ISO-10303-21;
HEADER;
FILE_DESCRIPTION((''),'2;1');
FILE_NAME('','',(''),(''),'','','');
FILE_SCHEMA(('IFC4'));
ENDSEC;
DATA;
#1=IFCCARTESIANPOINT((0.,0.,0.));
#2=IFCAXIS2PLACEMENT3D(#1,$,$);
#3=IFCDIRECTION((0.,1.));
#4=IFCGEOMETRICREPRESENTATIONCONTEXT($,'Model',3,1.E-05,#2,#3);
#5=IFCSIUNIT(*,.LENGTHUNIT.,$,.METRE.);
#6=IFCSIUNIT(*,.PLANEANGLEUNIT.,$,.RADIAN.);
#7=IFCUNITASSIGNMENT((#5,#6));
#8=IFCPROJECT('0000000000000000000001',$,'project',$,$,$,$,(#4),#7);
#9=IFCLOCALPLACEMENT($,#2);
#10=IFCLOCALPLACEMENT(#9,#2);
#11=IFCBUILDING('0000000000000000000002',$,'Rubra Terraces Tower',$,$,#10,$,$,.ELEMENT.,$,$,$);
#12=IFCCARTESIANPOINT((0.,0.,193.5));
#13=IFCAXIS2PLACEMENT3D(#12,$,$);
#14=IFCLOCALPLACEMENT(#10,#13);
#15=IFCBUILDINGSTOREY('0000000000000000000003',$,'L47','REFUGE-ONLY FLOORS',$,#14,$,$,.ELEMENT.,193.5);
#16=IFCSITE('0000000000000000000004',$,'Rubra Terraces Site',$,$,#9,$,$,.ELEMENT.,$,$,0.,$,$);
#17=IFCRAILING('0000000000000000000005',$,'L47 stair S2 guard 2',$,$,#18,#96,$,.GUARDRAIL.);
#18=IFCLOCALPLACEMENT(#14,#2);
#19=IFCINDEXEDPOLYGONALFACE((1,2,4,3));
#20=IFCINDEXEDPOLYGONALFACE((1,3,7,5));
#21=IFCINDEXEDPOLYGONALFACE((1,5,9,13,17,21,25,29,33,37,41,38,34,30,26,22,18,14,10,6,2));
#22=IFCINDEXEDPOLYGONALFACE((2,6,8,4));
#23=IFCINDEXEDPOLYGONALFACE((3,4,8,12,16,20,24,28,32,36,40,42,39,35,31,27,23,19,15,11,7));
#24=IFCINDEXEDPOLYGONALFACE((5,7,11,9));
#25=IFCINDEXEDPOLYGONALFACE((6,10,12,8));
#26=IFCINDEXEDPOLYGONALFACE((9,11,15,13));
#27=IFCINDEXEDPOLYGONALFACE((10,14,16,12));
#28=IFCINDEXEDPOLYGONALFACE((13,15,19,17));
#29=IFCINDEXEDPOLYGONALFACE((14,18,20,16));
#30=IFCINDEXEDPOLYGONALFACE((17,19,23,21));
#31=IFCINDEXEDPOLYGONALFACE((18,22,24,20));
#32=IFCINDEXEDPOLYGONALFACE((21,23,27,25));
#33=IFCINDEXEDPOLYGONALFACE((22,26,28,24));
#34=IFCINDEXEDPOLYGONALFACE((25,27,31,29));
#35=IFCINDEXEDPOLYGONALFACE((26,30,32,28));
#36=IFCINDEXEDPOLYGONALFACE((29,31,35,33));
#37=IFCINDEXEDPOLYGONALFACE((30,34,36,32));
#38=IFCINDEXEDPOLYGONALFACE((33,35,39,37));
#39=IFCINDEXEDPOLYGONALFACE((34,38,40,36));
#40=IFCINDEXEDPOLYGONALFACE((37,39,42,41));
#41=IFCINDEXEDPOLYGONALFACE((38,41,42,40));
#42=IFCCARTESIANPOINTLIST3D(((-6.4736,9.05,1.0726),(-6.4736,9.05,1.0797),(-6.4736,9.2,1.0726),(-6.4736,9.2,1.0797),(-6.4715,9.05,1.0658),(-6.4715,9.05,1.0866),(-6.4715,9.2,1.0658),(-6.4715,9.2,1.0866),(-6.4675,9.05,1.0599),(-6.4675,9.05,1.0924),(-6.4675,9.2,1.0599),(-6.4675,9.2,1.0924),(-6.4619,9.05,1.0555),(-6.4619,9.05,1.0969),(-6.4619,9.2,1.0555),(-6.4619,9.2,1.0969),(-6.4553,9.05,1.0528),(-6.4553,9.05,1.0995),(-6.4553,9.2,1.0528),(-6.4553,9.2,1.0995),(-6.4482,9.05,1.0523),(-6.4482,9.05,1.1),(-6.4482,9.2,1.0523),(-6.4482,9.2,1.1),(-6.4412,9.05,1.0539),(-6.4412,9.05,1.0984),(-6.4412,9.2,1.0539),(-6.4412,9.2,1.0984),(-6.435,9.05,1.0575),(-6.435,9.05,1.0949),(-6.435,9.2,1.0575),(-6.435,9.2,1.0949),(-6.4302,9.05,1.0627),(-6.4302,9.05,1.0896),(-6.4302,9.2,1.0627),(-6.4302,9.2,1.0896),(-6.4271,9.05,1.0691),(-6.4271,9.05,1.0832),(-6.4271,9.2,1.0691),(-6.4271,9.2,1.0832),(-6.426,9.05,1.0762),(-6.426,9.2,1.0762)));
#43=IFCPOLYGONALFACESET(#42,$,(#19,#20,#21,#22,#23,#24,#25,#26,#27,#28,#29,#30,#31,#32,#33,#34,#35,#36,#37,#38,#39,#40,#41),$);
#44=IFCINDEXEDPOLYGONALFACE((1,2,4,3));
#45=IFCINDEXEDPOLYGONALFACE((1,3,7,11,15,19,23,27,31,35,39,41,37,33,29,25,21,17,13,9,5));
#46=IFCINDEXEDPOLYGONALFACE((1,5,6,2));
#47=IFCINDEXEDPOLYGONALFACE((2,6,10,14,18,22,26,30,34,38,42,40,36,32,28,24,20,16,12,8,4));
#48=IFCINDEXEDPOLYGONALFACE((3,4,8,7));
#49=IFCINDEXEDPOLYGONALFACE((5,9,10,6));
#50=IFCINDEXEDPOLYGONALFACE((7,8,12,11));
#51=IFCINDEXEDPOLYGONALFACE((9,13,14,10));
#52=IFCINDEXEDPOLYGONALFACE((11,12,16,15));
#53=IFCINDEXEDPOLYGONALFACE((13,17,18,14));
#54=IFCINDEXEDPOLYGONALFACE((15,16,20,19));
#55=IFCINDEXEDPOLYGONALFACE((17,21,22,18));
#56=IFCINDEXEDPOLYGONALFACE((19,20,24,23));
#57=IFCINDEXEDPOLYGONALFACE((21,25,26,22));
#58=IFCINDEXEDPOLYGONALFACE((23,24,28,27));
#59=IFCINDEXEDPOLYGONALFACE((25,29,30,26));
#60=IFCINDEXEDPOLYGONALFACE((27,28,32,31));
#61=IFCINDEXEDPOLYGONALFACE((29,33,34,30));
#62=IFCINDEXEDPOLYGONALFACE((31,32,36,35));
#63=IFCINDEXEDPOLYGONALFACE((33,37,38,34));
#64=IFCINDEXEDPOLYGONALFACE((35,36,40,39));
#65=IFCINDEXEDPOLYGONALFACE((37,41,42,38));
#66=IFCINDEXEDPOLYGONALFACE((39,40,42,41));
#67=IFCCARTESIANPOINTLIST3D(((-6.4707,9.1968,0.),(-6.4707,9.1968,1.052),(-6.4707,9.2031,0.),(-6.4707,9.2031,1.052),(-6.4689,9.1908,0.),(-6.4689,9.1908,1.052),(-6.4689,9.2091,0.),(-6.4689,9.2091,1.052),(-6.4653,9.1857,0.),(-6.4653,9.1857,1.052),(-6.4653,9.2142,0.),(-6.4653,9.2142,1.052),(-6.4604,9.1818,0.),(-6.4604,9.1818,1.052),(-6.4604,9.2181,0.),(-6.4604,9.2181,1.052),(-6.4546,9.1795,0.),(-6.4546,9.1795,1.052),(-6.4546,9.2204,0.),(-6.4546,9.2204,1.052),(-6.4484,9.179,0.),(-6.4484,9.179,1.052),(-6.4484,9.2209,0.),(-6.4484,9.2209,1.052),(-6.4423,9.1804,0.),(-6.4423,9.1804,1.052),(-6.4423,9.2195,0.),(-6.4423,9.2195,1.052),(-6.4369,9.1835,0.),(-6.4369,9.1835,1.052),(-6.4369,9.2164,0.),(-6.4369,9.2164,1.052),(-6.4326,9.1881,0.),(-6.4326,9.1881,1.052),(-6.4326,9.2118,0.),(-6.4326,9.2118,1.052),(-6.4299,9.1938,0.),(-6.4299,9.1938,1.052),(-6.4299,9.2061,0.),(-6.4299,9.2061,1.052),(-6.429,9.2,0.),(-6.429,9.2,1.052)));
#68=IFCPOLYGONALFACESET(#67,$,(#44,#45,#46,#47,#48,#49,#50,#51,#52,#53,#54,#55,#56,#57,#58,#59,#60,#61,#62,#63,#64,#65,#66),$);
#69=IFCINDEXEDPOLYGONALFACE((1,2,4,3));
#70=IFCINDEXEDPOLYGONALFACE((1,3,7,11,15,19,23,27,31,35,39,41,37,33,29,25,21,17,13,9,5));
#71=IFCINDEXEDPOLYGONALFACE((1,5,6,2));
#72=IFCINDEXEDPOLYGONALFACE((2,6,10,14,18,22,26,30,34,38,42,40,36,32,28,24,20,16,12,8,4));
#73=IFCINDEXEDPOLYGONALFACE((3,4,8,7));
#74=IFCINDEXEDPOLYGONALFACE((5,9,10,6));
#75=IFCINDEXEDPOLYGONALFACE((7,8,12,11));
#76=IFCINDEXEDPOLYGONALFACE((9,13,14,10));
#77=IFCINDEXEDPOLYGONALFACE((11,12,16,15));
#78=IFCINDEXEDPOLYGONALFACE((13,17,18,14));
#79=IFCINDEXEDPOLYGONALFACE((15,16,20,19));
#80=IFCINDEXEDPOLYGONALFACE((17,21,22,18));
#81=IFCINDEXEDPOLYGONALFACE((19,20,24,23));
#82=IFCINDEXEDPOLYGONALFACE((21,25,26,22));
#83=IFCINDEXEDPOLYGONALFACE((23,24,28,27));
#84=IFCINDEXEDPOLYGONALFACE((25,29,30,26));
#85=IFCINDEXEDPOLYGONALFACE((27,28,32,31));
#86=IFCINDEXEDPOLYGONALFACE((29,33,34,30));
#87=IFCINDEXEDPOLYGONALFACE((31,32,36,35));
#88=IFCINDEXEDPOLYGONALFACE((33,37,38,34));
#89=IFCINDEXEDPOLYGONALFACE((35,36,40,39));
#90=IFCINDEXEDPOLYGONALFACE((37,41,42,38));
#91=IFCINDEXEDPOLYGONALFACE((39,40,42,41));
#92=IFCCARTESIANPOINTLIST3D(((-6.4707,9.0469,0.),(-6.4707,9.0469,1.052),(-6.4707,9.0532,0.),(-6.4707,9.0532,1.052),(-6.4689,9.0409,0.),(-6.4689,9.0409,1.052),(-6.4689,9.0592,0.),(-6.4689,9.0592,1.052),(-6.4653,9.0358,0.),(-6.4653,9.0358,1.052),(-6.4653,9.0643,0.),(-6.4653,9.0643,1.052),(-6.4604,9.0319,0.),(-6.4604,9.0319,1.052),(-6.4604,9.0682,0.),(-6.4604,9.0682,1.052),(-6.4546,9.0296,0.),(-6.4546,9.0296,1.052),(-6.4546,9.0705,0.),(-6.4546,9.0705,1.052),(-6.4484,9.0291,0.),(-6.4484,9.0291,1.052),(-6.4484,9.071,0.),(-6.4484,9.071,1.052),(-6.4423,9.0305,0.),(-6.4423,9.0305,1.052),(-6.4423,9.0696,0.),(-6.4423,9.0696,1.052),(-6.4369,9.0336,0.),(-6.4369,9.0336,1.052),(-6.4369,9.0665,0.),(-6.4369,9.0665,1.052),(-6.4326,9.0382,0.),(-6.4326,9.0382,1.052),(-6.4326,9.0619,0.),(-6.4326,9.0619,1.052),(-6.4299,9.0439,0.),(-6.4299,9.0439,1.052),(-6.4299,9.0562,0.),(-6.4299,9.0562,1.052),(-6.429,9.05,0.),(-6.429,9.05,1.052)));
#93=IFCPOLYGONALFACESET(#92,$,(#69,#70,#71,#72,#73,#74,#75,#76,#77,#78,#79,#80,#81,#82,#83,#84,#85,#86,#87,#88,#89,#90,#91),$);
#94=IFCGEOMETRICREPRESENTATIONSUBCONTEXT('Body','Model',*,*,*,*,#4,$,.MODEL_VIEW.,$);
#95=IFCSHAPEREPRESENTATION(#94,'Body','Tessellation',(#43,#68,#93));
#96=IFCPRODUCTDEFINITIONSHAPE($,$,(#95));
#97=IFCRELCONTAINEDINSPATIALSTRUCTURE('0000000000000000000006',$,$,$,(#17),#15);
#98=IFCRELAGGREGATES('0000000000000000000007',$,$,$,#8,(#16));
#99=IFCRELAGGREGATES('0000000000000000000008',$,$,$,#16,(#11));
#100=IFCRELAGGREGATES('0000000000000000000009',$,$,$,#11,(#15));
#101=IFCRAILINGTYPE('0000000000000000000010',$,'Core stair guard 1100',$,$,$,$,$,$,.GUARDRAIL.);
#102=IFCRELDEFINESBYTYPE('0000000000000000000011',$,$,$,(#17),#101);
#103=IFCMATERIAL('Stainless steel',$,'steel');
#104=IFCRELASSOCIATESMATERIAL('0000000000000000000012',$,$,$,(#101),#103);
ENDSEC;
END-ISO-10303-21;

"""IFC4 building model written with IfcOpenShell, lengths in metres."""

from ifc_helpers import new_model, si_unit, direction, frame, origin, origin_2d, place, context, subcontext, project, spatial, circle, extrude, material, type_object, element, save


model = new_model("IFC4")

# Units and contexts
model_context = context("Model", 3, precision=1e-05, world=origin(), true_north=direction((0.0, 1.0)))
body_context = subcontext(model_context, "Body", "Model", "MODEL_VIEW")
ifc_project = project(units=[si_unit("LENGTHUNIT", "METRE"), si_unit("PLANEANGLEUNIT", "RADIAN")], contexts=[model_context])

# Site, building, storey
site_placement = place(None, origin())
site = spatial("IfcSite", under=ifc_project, at=site_placement, Name="Rubra Terraces Site", CompositionType="ELEMENT", RefElevation=0.0)
building_placement = place(site_placement, origin())
building = spatial("IfcBuilding", under=site, at=building_placement, Name="Rubra Terraces Tower", CompositionType="ELEMENT")
storey_placement = place(building_placement, frame((0.0, 0.0, 193.5)))
storey = spatial("IfcBuildingStorey", under=building, at=storey_placement, Name="L47", Description="REFUGE-ONLY FLOORS", CompositionType="ELEMENT", Elevation=193.5)

# Shared definitions
ifc_material_1 = material(Name="Stainless steel", Category="steel")

# Railing
railing_type_1 = type_object("IfcRailingType", Name="Core stair guard 1100", PredefinedType="GUARDRAIL", material=ifc_material_1)
railing_1_placement = place(storey_placement, frame((-6.45, 9.2, 0.0)))
element("IfcRailing", 1, at=railing_1_placement, inside=storey, type_object=railing_type_1, Name="L47 stair S2 guard 2", PredefinedType="GUARDRAIL", context=body_context, shape_type="SweptSolid", body=[
    extrude(circle(Radius=0.0239, at=origin_2d()), frame((0.0, 0.0, 1.0762), z_axis=(0.0, -1.0, 0.0), x_axis=(1.0, 0.0, 0.0)), (0.0, 0.0, 1.0), 0.1499),
    extrude(circle(Radius=0.021, at=origin_2d()), origin(), (0.0, 0.0, 1.0), 1.052),
    extrude(circle(Radius=0.021, at=origin_2d()), frame((0.0, -0.1499, 0.0)), (0.0, 0.0, 1.0), 1.052),
])

save(model, "model.ifc")
